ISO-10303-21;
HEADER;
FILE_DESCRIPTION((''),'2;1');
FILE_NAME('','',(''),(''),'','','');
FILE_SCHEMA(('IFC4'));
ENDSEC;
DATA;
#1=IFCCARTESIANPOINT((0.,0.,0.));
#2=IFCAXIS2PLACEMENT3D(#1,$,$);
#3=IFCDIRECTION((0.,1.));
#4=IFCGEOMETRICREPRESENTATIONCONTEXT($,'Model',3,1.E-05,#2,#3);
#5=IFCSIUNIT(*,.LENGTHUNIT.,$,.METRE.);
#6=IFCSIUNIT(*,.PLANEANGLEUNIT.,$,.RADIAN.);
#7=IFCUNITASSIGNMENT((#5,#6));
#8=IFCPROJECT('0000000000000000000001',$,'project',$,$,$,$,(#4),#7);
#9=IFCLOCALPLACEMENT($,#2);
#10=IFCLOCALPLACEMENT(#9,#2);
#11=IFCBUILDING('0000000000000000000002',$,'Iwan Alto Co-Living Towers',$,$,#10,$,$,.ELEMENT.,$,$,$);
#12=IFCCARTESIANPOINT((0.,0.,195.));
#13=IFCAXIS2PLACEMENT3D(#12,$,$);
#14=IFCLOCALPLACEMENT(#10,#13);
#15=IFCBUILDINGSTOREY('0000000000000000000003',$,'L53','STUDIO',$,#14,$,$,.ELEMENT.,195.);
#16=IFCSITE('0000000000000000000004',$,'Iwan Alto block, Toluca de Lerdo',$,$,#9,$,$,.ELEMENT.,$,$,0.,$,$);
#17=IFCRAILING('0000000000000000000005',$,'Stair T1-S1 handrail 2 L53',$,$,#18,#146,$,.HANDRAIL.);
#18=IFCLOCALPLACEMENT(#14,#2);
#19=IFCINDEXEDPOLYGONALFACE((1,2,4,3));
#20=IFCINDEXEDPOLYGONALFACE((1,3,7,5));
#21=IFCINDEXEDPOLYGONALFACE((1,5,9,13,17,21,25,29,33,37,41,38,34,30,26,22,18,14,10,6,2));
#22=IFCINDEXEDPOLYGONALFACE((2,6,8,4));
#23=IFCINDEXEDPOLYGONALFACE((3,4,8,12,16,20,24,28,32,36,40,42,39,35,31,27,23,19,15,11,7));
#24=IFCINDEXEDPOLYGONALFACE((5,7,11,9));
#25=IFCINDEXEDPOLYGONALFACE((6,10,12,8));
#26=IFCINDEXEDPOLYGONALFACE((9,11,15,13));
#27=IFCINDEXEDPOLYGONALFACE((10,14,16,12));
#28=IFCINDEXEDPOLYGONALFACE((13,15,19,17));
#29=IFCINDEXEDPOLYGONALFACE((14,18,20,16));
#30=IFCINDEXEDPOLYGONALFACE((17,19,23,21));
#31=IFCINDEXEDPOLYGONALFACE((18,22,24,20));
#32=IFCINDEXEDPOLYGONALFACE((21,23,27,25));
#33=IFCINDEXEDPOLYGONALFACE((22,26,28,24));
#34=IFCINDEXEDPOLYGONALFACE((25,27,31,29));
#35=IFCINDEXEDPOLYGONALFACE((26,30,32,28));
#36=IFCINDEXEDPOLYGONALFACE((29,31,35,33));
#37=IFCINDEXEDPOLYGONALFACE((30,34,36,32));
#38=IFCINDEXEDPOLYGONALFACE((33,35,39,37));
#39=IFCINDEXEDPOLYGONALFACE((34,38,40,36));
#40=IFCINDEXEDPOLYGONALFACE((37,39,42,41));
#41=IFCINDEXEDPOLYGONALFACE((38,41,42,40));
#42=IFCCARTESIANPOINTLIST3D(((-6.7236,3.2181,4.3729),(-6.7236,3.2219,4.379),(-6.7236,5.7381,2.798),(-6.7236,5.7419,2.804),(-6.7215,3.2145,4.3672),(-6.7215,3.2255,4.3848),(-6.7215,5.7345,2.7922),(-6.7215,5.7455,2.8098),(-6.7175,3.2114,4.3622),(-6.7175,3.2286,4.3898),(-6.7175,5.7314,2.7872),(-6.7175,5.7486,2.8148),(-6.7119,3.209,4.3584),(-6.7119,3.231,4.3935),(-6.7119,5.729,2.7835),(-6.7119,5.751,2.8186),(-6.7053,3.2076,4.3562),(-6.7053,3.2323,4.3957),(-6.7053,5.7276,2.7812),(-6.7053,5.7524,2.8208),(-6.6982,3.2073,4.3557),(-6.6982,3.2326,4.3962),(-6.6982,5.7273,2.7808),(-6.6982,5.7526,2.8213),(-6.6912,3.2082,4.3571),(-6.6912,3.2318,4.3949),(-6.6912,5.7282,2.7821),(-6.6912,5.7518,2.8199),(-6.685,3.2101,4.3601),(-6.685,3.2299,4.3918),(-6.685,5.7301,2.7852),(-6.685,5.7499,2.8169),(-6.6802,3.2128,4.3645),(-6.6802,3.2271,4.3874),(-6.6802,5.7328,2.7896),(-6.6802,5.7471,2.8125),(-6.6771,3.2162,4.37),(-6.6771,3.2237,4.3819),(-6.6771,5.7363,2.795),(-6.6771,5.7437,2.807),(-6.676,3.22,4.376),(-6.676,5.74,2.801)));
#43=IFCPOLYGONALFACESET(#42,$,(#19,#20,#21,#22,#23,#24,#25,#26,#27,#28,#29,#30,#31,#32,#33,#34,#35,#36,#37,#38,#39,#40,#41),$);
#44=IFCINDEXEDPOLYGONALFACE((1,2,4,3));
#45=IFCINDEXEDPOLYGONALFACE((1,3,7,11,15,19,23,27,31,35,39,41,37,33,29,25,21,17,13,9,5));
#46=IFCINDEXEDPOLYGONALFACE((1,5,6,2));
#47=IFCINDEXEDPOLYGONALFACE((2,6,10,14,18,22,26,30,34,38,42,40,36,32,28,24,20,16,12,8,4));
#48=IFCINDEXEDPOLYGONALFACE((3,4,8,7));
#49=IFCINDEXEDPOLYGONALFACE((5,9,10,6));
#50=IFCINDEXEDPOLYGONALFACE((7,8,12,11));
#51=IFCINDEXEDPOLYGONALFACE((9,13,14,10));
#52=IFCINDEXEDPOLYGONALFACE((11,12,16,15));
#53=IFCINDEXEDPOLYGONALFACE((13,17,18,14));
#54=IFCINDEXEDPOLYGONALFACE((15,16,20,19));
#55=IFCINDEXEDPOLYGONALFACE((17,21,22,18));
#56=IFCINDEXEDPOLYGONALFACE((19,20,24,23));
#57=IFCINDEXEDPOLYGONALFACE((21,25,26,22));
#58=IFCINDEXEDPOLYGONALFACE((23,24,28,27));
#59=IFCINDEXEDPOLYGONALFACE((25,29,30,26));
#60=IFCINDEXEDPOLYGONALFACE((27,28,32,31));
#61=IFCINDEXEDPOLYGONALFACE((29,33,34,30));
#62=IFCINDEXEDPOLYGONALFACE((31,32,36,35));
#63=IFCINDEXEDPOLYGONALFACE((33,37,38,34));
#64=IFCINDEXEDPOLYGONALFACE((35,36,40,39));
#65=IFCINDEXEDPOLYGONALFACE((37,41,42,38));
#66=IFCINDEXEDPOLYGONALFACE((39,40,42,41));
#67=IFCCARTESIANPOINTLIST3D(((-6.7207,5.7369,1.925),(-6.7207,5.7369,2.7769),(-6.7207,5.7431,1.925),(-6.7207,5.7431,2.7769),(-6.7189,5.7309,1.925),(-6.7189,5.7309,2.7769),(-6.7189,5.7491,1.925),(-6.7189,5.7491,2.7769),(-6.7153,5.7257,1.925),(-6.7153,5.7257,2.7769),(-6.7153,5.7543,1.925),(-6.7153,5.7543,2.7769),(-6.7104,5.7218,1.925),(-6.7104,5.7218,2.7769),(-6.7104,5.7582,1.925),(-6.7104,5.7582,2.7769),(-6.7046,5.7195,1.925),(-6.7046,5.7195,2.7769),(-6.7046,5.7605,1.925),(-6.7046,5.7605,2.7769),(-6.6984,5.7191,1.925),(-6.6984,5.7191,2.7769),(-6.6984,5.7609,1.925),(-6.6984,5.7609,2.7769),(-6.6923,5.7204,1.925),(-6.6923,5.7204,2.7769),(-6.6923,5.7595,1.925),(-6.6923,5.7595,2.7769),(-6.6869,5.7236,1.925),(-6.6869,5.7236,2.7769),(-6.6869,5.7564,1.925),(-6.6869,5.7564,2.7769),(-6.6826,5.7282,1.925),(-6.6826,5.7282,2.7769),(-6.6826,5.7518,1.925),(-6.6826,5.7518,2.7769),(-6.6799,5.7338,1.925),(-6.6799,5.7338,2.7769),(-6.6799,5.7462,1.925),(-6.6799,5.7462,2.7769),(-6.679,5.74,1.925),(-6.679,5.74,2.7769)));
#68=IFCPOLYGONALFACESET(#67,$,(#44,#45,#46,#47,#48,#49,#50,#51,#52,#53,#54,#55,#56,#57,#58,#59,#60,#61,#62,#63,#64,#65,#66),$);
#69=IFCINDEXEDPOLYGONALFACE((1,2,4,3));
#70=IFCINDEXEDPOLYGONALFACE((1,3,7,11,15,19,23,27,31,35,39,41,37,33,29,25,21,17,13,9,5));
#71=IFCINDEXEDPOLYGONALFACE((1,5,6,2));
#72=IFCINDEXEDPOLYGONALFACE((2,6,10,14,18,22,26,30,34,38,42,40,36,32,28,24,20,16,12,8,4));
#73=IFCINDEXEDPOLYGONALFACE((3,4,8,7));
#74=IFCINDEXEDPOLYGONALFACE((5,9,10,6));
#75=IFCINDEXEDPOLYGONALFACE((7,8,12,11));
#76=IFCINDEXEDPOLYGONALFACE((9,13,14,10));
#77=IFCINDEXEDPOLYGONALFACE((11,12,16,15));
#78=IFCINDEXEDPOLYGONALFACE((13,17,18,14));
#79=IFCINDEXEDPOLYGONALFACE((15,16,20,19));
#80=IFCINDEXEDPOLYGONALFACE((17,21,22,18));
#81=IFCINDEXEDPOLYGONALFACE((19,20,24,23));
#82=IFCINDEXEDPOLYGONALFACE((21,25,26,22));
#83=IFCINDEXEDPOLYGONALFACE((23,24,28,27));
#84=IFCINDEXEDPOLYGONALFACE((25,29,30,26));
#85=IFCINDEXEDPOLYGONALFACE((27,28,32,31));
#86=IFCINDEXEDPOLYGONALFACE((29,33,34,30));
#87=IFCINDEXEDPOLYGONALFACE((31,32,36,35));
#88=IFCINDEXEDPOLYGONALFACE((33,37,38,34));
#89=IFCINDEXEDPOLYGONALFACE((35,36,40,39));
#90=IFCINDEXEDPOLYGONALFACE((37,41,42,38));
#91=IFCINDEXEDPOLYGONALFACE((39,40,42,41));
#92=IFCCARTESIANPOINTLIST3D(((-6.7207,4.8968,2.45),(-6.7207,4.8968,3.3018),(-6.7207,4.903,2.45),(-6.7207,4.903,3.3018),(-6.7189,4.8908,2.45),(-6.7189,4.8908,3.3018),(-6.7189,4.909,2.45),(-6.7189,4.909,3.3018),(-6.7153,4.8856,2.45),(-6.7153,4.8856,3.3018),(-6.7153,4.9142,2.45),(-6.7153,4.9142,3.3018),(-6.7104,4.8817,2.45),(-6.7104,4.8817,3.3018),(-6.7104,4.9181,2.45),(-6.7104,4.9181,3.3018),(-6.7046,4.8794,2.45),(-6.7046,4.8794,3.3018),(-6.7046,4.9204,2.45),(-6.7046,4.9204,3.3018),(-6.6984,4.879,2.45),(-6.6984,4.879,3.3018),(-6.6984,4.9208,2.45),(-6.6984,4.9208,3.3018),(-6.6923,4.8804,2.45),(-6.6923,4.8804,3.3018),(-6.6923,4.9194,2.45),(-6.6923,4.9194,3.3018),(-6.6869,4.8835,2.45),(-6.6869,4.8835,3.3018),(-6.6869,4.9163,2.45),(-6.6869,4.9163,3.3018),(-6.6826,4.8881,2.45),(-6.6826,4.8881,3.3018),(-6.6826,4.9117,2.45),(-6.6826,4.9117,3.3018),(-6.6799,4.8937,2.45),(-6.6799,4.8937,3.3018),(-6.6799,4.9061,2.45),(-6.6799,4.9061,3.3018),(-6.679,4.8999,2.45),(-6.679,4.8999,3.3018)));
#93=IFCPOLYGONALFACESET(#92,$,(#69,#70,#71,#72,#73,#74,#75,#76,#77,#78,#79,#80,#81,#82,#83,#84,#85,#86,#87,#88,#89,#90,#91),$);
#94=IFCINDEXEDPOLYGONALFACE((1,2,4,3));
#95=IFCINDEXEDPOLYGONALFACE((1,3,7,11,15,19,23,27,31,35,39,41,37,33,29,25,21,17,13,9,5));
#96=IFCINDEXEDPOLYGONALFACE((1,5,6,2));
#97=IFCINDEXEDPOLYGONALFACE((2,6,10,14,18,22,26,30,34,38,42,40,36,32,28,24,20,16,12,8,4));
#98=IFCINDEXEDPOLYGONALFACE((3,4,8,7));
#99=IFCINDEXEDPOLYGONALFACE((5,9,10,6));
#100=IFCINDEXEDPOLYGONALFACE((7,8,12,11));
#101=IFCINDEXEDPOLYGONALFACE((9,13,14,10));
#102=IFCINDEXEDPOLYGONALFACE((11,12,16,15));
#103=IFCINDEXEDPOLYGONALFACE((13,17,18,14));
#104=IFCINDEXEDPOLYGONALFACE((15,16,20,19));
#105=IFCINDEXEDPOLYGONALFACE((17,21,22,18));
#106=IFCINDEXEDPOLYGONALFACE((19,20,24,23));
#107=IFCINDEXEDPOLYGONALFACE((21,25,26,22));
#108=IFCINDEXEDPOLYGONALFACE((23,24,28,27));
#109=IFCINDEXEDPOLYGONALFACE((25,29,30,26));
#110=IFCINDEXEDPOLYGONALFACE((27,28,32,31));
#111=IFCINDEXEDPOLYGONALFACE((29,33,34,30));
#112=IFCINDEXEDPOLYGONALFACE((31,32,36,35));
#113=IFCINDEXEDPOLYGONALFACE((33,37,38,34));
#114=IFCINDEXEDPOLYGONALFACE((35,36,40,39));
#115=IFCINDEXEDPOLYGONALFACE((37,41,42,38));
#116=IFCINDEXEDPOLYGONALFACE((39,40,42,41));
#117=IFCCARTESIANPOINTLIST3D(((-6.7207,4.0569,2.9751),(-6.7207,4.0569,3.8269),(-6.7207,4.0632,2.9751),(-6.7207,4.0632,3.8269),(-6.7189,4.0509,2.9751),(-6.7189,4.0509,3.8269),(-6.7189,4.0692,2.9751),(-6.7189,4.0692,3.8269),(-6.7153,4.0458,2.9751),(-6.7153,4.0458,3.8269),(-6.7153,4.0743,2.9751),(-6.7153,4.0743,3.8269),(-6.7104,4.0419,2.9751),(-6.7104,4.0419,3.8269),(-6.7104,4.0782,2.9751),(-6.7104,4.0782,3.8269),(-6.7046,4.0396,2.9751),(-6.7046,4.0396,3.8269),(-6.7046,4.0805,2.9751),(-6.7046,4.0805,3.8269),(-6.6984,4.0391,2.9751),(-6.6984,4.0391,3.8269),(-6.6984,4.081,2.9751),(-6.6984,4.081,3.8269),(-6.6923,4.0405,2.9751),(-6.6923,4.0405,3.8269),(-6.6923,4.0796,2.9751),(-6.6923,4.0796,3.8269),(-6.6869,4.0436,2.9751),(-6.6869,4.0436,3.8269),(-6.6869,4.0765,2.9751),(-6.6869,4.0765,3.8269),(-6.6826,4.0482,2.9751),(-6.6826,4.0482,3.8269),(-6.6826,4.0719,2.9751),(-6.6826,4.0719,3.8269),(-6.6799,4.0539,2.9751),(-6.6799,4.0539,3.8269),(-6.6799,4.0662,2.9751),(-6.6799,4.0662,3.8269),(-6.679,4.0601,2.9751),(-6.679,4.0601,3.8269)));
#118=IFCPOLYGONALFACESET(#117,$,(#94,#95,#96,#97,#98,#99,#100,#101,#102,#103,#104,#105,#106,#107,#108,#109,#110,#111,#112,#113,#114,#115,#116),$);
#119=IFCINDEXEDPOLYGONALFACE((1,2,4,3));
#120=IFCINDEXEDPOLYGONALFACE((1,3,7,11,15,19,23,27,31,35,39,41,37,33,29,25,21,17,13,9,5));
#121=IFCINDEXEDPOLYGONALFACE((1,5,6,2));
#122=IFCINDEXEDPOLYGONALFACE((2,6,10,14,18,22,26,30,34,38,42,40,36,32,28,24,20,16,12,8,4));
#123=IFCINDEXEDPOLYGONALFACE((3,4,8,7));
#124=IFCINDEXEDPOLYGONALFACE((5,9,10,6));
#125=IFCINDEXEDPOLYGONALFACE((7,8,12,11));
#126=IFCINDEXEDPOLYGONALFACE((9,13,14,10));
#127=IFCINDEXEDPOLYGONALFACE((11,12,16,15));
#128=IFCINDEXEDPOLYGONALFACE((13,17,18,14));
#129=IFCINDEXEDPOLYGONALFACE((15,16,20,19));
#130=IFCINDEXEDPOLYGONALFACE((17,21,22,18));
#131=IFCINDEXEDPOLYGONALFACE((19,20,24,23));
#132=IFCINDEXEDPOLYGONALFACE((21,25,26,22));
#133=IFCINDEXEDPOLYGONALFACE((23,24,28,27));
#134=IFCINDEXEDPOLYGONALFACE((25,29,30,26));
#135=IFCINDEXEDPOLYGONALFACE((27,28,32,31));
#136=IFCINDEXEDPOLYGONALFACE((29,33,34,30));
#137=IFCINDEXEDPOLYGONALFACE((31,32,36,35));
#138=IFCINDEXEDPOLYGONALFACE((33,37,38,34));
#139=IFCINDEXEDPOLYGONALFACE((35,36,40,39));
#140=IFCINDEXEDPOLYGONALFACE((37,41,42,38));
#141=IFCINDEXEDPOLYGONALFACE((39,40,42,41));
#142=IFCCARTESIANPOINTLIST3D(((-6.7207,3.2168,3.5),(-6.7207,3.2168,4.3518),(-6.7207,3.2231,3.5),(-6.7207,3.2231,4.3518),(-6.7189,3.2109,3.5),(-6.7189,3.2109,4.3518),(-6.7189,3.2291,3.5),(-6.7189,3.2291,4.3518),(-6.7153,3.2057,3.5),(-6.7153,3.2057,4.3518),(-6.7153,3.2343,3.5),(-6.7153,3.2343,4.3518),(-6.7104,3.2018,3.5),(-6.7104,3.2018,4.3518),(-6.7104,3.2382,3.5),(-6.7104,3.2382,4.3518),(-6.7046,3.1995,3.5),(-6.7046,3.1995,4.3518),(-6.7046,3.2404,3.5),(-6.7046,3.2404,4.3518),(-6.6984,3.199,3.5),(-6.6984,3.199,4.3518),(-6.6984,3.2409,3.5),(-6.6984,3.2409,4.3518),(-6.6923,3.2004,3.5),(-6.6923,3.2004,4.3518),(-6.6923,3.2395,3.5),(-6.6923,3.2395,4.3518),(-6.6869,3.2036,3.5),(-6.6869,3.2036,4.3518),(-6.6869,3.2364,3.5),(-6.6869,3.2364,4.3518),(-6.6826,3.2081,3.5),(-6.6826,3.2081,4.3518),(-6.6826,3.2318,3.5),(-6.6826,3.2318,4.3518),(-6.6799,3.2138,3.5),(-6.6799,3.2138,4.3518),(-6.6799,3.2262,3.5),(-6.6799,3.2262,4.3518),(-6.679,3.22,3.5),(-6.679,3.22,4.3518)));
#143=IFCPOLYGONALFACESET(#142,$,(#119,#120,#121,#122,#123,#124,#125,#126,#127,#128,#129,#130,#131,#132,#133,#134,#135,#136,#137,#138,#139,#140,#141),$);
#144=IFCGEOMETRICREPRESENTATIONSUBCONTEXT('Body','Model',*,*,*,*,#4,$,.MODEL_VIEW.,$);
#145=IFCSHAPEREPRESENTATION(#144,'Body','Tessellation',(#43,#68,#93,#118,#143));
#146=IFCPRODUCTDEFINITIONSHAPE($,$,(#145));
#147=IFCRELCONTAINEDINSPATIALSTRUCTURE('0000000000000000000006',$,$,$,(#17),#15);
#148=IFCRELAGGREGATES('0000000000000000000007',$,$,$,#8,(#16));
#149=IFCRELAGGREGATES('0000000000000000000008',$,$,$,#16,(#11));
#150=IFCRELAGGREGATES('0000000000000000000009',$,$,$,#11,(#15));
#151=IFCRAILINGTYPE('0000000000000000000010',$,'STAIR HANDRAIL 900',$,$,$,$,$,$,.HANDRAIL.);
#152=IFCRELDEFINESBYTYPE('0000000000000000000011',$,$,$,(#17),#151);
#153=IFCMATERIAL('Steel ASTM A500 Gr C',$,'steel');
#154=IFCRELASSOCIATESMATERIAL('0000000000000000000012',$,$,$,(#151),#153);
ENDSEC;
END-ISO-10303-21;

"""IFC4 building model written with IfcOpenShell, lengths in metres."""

from ifc_helpers import new_model, si_unit, direction, frame, origin, origin_2d, place, context, subcontext, project, spatial, circle, extrude, material, type_object, element, save


model = new_model("IFC4")

# Units and contexts
model_context = context("Model", 3, precision=1e-05, world=origin(), true_north=direction((0.0, 1.0)))
body_context = subcontext(model_context, "Body", "Model", "MODEL_VIEW")
ifc_project = project(units=[si_unit("LENGTHUNIT", "METRE"), si_unit("PLANEANGLEUNIT", "RADIAN")], contexts=[model_context])

# Site, building, storey
site_placement = place(None, origin())
site = spatial("IfcSite", under=ifc_project, at=site_placement, Name="Iwan Alto block, Toluca de Lerdo", CompositionType="ELEMENT", RefElevation=0.0)
building_placement = place(site_placement, origin())
building = spatial("IfcBuilding", under=site, at=building_placement, Name="Iwan Alto Co-Living Towers", CompositionType="ELEMENT")
storey_placement = place(building_placement, frame((0.0, 0.0, 195.0)))
storey = spatial("IfcBuildingStorey", under=building, at=storey_placement, Name="L53", Description="STUDIO", CompositionType="ELEMENT", Elevation=195.0)

# Railing
ifc_material_1 = material(Name="Steel ASTM A500 Gr C", Category="steel")
railing_type_1 = type_object("IfcRailingType", Name="STAIR HANDRAIL 900", PredefinedType="HANDRAIL", material=ifc_material_1)
railing_1_placement = place(storey_placement, frame((-6.7, 5.74, 1.925)))
element("IfcRailing", 1, at=railing_1_placement, inside=storey, type_object=railing_type_1, Name="Stair T1-S1 handrail 2 L53", PredefinedType="HANDRAIL", context=body_context, shape_type="SweptSolid", body=[
    extrude(circle(Radius=0.0239, at=origin_2d()), frame((0.0, 0.0, 0.876), z_axis=(0.0, -0.848008, 0.529984), x_axis=(1.0, 0.0, 0.0)), (0.0, 0.0, 1.0), 2.9717),
    extrude(circle(Radius=0.021, at=origin_2d()), origin(), (0.0, 0.0, 1.0), 0.8518),
    extrude(circle(Radius=0.021, at=origin_2d()), frame((0.0, -0.8401, 0.5249)), (0.0, 0.0, 1.0), 0.8518),
    extrude(circle(Radius=0.021, at=origin_2d()), frame((0.0, -1.6799, 1.05)), (0.0, 0.0, 1.0), 0.8518),
    extrude(circle(Radius=0.021, at=origin_2d()), frame((0.0, -2.52, 1.575)), (0.0, 0.0, 1.0), 0.8518),
])

save(model, "model.ifc")
